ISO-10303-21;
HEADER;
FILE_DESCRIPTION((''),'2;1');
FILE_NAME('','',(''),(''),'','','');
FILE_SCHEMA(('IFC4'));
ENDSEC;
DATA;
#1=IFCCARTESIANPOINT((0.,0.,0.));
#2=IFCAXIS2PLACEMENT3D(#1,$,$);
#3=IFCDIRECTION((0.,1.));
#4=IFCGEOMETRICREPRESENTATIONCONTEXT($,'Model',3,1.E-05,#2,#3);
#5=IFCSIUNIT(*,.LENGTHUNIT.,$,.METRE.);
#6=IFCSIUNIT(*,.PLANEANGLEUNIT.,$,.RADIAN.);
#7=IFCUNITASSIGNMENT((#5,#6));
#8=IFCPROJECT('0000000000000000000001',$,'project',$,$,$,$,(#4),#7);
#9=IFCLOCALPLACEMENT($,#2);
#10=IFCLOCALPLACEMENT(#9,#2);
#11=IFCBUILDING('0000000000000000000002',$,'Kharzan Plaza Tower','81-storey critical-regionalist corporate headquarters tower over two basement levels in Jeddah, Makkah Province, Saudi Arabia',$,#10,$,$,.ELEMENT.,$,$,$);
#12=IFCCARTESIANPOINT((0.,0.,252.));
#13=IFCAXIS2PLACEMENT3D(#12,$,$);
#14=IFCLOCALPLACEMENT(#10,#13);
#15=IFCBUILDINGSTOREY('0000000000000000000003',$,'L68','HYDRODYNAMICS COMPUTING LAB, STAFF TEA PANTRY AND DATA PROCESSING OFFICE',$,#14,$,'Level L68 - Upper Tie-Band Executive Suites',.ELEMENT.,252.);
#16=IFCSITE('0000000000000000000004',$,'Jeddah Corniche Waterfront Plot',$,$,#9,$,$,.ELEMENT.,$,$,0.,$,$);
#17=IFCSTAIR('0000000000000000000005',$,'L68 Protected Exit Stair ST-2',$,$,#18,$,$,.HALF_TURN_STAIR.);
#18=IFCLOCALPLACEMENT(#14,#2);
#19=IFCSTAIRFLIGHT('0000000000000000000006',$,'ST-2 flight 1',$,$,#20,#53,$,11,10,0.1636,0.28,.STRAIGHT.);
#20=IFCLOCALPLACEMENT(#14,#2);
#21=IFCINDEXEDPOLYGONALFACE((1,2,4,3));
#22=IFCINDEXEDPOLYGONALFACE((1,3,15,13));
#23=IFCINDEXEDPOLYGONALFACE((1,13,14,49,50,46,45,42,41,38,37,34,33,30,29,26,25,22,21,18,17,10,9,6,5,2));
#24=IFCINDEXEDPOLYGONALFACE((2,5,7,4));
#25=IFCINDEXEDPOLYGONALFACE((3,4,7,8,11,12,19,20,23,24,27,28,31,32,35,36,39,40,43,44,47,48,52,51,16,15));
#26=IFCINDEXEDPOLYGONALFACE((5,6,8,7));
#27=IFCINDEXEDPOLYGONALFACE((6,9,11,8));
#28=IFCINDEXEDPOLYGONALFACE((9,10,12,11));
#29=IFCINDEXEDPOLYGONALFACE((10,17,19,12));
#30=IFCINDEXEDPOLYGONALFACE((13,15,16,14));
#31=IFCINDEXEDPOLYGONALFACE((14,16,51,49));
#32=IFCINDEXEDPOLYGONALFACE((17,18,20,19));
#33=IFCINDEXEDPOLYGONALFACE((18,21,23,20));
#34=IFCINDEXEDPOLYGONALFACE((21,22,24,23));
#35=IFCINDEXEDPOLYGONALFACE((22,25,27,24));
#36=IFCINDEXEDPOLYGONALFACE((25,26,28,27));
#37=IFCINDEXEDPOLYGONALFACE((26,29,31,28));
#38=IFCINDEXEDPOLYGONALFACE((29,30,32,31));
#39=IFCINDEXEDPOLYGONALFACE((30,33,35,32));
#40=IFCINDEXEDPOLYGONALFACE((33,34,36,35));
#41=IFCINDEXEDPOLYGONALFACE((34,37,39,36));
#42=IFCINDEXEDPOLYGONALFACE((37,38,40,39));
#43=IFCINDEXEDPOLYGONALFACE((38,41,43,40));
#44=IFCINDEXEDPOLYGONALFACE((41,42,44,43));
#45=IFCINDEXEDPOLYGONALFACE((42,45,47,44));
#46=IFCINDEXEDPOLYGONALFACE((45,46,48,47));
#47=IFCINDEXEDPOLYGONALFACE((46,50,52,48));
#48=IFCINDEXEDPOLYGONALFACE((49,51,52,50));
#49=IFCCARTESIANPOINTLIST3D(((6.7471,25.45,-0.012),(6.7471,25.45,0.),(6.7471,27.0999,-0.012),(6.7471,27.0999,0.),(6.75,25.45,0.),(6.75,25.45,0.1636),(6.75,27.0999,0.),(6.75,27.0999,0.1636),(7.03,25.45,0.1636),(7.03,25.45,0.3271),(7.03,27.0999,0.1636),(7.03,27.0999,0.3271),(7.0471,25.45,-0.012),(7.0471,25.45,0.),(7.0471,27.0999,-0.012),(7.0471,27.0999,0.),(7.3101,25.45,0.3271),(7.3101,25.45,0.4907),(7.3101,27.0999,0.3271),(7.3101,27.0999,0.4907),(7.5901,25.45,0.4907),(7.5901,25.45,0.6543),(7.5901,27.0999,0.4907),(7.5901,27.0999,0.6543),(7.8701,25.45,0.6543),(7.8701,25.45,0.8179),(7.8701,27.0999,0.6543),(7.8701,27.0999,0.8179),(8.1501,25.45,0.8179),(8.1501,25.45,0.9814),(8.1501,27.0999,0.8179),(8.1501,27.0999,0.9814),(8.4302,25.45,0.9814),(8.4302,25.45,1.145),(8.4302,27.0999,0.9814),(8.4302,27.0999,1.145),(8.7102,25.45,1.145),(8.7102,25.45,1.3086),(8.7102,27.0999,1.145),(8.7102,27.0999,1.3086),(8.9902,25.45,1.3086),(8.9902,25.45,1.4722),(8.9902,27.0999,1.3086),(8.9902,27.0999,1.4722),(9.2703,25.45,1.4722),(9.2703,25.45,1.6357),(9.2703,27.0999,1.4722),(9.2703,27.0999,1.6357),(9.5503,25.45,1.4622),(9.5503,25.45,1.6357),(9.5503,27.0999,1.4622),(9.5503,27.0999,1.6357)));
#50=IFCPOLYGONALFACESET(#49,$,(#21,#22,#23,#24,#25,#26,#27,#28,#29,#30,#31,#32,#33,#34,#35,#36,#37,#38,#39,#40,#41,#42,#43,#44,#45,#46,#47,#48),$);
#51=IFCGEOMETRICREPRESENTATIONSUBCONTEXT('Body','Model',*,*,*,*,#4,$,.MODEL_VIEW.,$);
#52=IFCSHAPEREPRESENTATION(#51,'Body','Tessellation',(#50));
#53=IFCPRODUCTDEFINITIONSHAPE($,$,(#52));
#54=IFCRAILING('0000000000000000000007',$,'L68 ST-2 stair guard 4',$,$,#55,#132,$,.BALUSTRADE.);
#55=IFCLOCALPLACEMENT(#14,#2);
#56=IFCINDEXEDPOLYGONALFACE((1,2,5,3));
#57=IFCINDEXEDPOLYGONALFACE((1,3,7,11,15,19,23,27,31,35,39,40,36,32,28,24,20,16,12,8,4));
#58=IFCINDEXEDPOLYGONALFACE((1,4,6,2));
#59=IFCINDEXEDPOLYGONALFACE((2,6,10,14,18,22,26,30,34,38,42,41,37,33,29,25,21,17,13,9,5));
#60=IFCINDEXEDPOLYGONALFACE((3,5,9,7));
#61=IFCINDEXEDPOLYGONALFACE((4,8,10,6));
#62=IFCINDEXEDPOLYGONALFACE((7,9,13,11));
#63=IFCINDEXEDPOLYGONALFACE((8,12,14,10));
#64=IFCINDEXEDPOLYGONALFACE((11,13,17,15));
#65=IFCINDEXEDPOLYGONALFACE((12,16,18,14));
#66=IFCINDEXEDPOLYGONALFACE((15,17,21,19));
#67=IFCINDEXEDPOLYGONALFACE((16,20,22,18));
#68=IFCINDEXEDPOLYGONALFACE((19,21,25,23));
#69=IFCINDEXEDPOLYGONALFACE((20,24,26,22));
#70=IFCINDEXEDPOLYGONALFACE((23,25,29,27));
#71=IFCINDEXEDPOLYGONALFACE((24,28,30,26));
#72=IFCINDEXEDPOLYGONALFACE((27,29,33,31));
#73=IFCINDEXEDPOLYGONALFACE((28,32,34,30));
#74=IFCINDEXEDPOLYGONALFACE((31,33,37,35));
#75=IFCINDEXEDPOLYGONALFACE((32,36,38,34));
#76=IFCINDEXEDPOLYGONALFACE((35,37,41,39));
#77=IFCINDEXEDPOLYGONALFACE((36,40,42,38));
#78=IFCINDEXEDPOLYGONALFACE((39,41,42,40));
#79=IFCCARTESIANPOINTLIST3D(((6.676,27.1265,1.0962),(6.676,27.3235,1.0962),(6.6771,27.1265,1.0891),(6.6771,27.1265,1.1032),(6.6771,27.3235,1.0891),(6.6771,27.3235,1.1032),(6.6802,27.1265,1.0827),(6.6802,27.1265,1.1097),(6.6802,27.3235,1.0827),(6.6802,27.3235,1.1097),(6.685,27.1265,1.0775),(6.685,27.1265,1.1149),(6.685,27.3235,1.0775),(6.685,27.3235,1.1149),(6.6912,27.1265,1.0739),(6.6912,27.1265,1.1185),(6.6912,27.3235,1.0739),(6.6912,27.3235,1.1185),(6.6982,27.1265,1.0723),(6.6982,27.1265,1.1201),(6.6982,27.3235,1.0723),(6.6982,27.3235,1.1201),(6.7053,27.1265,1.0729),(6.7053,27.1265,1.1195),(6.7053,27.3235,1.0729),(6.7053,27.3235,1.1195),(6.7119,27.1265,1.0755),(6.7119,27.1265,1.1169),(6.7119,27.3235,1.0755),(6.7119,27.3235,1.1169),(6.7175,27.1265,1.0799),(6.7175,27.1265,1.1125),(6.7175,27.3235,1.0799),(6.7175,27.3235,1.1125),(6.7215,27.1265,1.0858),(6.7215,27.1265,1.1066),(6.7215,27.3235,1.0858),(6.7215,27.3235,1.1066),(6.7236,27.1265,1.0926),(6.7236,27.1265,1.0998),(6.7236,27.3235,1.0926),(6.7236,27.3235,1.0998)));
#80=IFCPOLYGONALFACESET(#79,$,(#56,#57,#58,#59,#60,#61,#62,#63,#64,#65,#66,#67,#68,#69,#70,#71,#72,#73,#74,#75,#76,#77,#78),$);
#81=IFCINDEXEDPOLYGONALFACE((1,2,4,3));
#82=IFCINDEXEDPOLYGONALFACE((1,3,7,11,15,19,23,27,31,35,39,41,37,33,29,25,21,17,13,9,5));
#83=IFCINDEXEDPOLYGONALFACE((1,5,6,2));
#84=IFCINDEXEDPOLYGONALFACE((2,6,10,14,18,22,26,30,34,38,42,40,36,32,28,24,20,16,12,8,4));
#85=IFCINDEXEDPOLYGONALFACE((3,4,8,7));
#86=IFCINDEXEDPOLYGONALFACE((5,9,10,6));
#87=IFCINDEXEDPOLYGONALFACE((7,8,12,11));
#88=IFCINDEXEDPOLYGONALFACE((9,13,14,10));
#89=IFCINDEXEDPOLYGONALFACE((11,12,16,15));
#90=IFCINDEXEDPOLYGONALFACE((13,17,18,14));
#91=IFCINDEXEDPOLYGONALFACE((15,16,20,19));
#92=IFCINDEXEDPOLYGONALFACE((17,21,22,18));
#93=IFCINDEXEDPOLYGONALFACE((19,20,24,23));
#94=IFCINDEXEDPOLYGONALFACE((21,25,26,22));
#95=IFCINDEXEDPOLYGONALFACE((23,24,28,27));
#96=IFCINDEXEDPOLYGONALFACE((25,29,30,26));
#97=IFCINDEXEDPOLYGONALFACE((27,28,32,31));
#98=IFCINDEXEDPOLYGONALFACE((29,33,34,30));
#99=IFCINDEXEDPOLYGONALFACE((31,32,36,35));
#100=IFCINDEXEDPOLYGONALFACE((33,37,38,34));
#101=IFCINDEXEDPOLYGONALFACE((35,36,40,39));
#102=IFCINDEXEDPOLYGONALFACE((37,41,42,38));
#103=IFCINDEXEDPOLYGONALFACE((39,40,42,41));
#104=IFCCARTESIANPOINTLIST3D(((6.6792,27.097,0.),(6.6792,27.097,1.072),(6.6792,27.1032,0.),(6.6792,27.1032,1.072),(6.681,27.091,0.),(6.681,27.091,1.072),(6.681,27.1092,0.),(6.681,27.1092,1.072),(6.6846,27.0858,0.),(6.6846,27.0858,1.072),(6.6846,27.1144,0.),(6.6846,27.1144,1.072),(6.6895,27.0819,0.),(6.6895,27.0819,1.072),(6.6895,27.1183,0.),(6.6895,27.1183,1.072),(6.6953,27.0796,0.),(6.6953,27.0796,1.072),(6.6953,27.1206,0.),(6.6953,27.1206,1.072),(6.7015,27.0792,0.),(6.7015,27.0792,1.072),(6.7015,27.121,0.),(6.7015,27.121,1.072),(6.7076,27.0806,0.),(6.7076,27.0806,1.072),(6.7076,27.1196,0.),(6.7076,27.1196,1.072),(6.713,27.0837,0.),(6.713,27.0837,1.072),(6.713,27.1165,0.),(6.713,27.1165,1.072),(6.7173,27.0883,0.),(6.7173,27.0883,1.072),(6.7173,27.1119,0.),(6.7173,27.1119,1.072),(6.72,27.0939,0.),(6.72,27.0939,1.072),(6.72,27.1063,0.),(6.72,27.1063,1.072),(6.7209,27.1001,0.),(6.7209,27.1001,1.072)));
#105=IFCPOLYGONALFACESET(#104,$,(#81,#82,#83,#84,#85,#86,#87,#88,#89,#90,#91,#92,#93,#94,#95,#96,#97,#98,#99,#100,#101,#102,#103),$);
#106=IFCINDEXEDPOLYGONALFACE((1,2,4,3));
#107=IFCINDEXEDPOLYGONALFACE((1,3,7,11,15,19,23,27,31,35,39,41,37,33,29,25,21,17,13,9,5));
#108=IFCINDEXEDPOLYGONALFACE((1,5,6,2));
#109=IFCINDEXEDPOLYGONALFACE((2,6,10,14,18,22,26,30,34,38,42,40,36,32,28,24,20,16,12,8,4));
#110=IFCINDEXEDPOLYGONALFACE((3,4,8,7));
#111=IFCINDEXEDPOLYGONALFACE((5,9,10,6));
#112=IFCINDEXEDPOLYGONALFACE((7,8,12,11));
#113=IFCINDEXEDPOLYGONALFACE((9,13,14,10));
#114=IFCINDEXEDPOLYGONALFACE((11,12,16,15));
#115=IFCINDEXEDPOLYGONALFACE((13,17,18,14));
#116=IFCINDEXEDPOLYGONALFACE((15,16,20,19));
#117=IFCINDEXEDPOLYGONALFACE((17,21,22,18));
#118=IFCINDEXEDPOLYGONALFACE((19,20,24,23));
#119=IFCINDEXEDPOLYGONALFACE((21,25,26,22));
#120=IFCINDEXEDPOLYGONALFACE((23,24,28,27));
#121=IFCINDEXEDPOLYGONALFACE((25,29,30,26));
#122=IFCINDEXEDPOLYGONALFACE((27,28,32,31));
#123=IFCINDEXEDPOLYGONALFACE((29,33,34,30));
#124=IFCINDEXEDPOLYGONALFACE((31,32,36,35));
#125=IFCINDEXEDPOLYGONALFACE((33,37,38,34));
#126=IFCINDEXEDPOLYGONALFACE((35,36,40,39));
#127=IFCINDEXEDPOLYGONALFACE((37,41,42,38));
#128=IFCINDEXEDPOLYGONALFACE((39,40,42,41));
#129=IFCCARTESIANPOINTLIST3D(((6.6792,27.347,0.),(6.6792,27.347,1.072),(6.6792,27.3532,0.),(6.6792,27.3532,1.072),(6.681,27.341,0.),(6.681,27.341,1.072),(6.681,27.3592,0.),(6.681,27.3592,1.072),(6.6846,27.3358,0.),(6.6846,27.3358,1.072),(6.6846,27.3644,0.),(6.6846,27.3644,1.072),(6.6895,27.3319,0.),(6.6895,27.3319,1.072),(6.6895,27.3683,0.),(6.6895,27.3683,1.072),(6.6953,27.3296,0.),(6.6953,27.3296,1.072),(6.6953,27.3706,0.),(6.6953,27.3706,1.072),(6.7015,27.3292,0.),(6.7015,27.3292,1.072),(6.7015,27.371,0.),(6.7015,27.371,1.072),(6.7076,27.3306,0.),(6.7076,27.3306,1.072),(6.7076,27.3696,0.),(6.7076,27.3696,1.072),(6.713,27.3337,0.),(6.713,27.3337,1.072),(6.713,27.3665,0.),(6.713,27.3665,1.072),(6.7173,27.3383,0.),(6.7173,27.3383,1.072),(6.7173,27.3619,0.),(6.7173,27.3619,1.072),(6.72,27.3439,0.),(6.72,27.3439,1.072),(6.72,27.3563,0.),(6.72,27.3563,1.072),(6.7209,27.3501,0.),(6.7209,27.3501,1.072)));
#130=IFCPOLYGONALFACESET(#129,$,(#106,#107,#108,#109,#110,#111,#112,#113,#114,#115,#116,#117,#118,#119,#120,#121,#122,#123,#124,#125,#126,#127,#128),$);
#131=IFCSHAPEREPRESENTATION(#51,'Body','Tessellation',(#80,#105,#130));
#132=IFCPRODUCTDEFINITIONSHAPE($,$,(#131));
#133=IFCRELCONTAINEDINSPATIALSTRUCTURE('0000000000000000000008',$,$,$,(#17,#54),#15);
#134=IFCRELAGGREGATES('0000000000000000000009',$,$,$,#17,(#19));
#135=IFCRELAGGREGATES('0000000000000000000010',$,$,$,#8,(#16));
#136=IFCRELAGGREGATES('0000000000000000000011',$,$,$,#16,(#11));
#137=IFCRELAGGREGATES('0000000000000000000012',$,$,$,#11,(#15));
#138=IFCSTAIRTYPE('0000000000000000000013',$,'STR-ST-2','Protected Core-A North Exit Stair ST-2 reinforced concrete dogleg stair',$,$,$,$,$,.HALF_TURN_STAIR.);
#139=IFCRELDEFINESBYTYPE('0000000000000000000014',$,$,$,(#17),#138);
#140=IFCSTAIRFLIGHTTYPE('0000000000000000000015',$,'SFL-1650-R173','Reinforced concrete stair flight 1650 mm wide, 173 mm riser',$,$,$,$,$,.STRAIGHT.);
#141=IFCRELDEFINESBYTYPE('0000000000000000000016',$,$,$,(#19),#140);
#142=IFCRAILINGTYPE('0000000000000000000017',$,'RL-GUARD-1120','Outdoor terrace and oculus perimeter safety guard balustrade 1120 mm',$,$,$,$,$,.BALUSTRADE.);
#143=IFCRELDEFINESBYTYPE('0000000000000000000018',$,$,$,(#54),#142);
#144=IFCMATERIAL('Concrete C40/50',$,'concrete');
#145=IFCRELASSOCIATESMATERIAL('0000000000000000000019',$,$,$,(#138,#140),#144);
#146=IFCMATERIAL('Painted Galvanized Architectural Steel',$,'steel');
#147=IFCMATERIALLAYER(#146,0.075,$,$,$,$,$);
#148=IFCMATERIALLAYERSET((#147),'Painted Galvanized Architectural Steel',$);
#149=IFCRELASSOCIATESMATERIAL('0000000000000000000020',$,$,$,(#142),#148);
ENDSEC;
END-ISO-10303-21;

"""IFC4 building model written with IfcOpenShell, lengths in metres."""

from ifc_helpers import new_model, si_unit, direction, frame, origin, origin_2d, place, context, subcontext, project, spatial, polyline, circle, outline, extrude, source, transform, mapped, material, layer, layer_set, type_object, element, aggregate, save


model = new_model("IFC4")

# Units and contexts
model_context = context("Model", 3, precision=1e-05, world=origin(), true_north=direction((0.0, 1.0)))
body_context = subcontext(model_context, "Body", "Model", "MODEL_VIEW")
ifc_project = project(units=[si_unit("LENGTHUNIT", "METRE"), si_unit("PLANEANGLEUNIT", "RADIAN")], contexts=[model_context])

# Site, building, storey
site_placement = place(None, origin())
site = spatial("IfcSite", under=ifc_project, at=site_placement, Name="Jeddah Corniche Waterfront Plot", CompositionType="ELEMENT", RefElevation=0.0)
building_placement = place(site_placement, origin())
building = spatial("IfcBuilding", under=site, at=building_placement, Name="Kharzan Plaza Tower", Description="81-storey critical-regionalist corporate headquarters tower over two basement levels in Jeddah, Makkah Province, Saudi Arabia", CompositionType="ELEMENT")
storey_placement = place(building_placement, frame((0.0, 0.0, 252.0)))
storey = spatial("IfcBuildingStorey", under=building, at=storey_placement, Name="L68", Description="HYDRODYNAMICS COMPUTING LAB, STAFF TEA PANTRY AND DATA PROCESSING OFFICE", LongName="Level L68 - Upper Tie-Band Executive Suites", CompositionType="ELEMENT", Elevation=252.0)

# Shared definitions
ifc_material_1 = material(Name="Concrete C40/50", Category="concrete")

# Stair, stair flight
stair_type = type_object("IfcStairType", Name="STR-ST-2", Description="Protected Core-A North Exit Stair ST-2 reinforced concrete dogleg stair", PredefinedType="HALF_TURN_STAIR", material=ifc_material_1)
stair_placement = place(storey_placement, origin())
stair = element("IfcStair", 1, at=stair_placement, inside=storey, type_object=stair_type, Name="L68 Protected Exit Stair ST-2", PredefinedType="HALF_TURN_STAIR")
stair_flight_type = type_object("IfcStairFlightType", Name="SFL-1650-R173", Description="Reinforced concrete stair flight 1650 mm wide, 173 mm riser", PredefinedType="STRAIGHT", material=ifc_material_1)
shared_shape_1 = source(origin(), body_context, "Body", "SweptSolid", [
    extrude(outline(polyline([(-0.0029, -0.012), (-0.0029, 0.0), (0.0, 0.0), (0.0, 0.1636), (0.28, 0.1636), (0.28, 0.3271), (0.5601, 0.3271), (0.5601, 0.4907), (0.8401, 0.4907), (0.8401, 0.6543), (1.1201, 0.6543), (1.1201, 0.8179), (1.4001, 0.8179), (1.4001, 0.9814), (1.6802, 0.9814), (1.6802, 1.145), (1.9602, 1.145), (1.9602, 1.3086), (2.2402, 1.3086), (2.2402, 1.4722), (2.5203, 1.4722), (2.5203, 1.6357), (2.8003, 1.6357), (2.8003, 1.7993), (2.8003, 1.4622), (0.2971, 0.0), (0.2971, -0.012), (-0.0029, -0.012)])), frame((0.0, 0.825, 0.0), z_axis=(0.0, -1.0, 0.0), x_axis=(1.0, 0.0, 0.0)), (0.0, 0.0, 1.0), 1.6499),
])
stair_flight_placement = place(storey_placement, frame((6.75, 26.2749, 0.0), z_axis=(0.0, 0.0, 1.0), x_axis=(1.0, 0.0, 0.0)))
stair_flight = element("IfcStairFlight", 2, at=stair_flight_placement, type_object=stair_flight_type, Name="ST-2 flight 1", NumberOfRisers=11, NumberOfTreads=10, PredefinedType="STRAIGHT", RiserHeight=0.1636, TreadLength=0.28, context=body_context, shape_type="MappedRepresentation", body=[
    mapped(shared_shape_1, transform((0.0, 0.0, 0.0), x_axis=(1.0, 0.0, 0.0), y_axis=(0.0, 1.0, 0.0), z_axis=(0.0, 0.0, 1.0))),
])
aggregate(stair, [stair_flight])

# Railing
ifc_material_2 = material(Name="Painted Galvanized Architectural Steel", Category="steel")
ifc_layer_1 = layer(ifc_material_2, 0.075)
ifc_layer_set_1 = layer_set([ifc_layer_1], Name="Painted Galvanized Architectural Steel")
railing_type_1 = type_object("IfcRailingType", Name="RL-GUARD-1120", Description="Outdoor terrace and oculus perimeter safety guard balustrade 1120 mm", PredefinedType="BALUSTRADE", material=ifc_layer_set_1)
shared_shape_2 = source(origin(), body_context, "Body", "SweptSolid", [
    extrude(circle(Radius=0.0239, at=origin_2d()), frame((0.0, 0.0264, 1.0962), z_axis=(0.0, 1.0, 0.0), x_axis=(-1.0, 0.0, 0.0)), (0.0, 0.0, 1.0), 0.197),
    extrude(circle(Radius=0.021, at=origin_2d()), origin(), (0.0, 0.0, 1.0), 1.072),
    extrude(circle(Radius=0.021, at=origin_2d()), frame((0.0, 0.25, 0.0)), (0.0, 0.0, 1.0), 1.072),
])
railing_1_placement = place(storey_placement, frame((6.7, 27.1001, 0.0)))
element("IfcRailing", 3, at=railing_1_placement, inside=storey, type_object=railing_type_1, Name="L68 ST-2 stair guard 4", PredefinedType="BALUSTRADE", context=body_context, shape_type="MappedRepresentation", body=[
    mapped(shared_shape_2, transform((0.0, 0.0, 0.0), x_axis=(1.0, 0.0, 0.0), y_axis=(0.0, 1.0, 0.0), z_axis=(0.0, 0.0, 1.0))),
])

save(model, "model.ifc")
